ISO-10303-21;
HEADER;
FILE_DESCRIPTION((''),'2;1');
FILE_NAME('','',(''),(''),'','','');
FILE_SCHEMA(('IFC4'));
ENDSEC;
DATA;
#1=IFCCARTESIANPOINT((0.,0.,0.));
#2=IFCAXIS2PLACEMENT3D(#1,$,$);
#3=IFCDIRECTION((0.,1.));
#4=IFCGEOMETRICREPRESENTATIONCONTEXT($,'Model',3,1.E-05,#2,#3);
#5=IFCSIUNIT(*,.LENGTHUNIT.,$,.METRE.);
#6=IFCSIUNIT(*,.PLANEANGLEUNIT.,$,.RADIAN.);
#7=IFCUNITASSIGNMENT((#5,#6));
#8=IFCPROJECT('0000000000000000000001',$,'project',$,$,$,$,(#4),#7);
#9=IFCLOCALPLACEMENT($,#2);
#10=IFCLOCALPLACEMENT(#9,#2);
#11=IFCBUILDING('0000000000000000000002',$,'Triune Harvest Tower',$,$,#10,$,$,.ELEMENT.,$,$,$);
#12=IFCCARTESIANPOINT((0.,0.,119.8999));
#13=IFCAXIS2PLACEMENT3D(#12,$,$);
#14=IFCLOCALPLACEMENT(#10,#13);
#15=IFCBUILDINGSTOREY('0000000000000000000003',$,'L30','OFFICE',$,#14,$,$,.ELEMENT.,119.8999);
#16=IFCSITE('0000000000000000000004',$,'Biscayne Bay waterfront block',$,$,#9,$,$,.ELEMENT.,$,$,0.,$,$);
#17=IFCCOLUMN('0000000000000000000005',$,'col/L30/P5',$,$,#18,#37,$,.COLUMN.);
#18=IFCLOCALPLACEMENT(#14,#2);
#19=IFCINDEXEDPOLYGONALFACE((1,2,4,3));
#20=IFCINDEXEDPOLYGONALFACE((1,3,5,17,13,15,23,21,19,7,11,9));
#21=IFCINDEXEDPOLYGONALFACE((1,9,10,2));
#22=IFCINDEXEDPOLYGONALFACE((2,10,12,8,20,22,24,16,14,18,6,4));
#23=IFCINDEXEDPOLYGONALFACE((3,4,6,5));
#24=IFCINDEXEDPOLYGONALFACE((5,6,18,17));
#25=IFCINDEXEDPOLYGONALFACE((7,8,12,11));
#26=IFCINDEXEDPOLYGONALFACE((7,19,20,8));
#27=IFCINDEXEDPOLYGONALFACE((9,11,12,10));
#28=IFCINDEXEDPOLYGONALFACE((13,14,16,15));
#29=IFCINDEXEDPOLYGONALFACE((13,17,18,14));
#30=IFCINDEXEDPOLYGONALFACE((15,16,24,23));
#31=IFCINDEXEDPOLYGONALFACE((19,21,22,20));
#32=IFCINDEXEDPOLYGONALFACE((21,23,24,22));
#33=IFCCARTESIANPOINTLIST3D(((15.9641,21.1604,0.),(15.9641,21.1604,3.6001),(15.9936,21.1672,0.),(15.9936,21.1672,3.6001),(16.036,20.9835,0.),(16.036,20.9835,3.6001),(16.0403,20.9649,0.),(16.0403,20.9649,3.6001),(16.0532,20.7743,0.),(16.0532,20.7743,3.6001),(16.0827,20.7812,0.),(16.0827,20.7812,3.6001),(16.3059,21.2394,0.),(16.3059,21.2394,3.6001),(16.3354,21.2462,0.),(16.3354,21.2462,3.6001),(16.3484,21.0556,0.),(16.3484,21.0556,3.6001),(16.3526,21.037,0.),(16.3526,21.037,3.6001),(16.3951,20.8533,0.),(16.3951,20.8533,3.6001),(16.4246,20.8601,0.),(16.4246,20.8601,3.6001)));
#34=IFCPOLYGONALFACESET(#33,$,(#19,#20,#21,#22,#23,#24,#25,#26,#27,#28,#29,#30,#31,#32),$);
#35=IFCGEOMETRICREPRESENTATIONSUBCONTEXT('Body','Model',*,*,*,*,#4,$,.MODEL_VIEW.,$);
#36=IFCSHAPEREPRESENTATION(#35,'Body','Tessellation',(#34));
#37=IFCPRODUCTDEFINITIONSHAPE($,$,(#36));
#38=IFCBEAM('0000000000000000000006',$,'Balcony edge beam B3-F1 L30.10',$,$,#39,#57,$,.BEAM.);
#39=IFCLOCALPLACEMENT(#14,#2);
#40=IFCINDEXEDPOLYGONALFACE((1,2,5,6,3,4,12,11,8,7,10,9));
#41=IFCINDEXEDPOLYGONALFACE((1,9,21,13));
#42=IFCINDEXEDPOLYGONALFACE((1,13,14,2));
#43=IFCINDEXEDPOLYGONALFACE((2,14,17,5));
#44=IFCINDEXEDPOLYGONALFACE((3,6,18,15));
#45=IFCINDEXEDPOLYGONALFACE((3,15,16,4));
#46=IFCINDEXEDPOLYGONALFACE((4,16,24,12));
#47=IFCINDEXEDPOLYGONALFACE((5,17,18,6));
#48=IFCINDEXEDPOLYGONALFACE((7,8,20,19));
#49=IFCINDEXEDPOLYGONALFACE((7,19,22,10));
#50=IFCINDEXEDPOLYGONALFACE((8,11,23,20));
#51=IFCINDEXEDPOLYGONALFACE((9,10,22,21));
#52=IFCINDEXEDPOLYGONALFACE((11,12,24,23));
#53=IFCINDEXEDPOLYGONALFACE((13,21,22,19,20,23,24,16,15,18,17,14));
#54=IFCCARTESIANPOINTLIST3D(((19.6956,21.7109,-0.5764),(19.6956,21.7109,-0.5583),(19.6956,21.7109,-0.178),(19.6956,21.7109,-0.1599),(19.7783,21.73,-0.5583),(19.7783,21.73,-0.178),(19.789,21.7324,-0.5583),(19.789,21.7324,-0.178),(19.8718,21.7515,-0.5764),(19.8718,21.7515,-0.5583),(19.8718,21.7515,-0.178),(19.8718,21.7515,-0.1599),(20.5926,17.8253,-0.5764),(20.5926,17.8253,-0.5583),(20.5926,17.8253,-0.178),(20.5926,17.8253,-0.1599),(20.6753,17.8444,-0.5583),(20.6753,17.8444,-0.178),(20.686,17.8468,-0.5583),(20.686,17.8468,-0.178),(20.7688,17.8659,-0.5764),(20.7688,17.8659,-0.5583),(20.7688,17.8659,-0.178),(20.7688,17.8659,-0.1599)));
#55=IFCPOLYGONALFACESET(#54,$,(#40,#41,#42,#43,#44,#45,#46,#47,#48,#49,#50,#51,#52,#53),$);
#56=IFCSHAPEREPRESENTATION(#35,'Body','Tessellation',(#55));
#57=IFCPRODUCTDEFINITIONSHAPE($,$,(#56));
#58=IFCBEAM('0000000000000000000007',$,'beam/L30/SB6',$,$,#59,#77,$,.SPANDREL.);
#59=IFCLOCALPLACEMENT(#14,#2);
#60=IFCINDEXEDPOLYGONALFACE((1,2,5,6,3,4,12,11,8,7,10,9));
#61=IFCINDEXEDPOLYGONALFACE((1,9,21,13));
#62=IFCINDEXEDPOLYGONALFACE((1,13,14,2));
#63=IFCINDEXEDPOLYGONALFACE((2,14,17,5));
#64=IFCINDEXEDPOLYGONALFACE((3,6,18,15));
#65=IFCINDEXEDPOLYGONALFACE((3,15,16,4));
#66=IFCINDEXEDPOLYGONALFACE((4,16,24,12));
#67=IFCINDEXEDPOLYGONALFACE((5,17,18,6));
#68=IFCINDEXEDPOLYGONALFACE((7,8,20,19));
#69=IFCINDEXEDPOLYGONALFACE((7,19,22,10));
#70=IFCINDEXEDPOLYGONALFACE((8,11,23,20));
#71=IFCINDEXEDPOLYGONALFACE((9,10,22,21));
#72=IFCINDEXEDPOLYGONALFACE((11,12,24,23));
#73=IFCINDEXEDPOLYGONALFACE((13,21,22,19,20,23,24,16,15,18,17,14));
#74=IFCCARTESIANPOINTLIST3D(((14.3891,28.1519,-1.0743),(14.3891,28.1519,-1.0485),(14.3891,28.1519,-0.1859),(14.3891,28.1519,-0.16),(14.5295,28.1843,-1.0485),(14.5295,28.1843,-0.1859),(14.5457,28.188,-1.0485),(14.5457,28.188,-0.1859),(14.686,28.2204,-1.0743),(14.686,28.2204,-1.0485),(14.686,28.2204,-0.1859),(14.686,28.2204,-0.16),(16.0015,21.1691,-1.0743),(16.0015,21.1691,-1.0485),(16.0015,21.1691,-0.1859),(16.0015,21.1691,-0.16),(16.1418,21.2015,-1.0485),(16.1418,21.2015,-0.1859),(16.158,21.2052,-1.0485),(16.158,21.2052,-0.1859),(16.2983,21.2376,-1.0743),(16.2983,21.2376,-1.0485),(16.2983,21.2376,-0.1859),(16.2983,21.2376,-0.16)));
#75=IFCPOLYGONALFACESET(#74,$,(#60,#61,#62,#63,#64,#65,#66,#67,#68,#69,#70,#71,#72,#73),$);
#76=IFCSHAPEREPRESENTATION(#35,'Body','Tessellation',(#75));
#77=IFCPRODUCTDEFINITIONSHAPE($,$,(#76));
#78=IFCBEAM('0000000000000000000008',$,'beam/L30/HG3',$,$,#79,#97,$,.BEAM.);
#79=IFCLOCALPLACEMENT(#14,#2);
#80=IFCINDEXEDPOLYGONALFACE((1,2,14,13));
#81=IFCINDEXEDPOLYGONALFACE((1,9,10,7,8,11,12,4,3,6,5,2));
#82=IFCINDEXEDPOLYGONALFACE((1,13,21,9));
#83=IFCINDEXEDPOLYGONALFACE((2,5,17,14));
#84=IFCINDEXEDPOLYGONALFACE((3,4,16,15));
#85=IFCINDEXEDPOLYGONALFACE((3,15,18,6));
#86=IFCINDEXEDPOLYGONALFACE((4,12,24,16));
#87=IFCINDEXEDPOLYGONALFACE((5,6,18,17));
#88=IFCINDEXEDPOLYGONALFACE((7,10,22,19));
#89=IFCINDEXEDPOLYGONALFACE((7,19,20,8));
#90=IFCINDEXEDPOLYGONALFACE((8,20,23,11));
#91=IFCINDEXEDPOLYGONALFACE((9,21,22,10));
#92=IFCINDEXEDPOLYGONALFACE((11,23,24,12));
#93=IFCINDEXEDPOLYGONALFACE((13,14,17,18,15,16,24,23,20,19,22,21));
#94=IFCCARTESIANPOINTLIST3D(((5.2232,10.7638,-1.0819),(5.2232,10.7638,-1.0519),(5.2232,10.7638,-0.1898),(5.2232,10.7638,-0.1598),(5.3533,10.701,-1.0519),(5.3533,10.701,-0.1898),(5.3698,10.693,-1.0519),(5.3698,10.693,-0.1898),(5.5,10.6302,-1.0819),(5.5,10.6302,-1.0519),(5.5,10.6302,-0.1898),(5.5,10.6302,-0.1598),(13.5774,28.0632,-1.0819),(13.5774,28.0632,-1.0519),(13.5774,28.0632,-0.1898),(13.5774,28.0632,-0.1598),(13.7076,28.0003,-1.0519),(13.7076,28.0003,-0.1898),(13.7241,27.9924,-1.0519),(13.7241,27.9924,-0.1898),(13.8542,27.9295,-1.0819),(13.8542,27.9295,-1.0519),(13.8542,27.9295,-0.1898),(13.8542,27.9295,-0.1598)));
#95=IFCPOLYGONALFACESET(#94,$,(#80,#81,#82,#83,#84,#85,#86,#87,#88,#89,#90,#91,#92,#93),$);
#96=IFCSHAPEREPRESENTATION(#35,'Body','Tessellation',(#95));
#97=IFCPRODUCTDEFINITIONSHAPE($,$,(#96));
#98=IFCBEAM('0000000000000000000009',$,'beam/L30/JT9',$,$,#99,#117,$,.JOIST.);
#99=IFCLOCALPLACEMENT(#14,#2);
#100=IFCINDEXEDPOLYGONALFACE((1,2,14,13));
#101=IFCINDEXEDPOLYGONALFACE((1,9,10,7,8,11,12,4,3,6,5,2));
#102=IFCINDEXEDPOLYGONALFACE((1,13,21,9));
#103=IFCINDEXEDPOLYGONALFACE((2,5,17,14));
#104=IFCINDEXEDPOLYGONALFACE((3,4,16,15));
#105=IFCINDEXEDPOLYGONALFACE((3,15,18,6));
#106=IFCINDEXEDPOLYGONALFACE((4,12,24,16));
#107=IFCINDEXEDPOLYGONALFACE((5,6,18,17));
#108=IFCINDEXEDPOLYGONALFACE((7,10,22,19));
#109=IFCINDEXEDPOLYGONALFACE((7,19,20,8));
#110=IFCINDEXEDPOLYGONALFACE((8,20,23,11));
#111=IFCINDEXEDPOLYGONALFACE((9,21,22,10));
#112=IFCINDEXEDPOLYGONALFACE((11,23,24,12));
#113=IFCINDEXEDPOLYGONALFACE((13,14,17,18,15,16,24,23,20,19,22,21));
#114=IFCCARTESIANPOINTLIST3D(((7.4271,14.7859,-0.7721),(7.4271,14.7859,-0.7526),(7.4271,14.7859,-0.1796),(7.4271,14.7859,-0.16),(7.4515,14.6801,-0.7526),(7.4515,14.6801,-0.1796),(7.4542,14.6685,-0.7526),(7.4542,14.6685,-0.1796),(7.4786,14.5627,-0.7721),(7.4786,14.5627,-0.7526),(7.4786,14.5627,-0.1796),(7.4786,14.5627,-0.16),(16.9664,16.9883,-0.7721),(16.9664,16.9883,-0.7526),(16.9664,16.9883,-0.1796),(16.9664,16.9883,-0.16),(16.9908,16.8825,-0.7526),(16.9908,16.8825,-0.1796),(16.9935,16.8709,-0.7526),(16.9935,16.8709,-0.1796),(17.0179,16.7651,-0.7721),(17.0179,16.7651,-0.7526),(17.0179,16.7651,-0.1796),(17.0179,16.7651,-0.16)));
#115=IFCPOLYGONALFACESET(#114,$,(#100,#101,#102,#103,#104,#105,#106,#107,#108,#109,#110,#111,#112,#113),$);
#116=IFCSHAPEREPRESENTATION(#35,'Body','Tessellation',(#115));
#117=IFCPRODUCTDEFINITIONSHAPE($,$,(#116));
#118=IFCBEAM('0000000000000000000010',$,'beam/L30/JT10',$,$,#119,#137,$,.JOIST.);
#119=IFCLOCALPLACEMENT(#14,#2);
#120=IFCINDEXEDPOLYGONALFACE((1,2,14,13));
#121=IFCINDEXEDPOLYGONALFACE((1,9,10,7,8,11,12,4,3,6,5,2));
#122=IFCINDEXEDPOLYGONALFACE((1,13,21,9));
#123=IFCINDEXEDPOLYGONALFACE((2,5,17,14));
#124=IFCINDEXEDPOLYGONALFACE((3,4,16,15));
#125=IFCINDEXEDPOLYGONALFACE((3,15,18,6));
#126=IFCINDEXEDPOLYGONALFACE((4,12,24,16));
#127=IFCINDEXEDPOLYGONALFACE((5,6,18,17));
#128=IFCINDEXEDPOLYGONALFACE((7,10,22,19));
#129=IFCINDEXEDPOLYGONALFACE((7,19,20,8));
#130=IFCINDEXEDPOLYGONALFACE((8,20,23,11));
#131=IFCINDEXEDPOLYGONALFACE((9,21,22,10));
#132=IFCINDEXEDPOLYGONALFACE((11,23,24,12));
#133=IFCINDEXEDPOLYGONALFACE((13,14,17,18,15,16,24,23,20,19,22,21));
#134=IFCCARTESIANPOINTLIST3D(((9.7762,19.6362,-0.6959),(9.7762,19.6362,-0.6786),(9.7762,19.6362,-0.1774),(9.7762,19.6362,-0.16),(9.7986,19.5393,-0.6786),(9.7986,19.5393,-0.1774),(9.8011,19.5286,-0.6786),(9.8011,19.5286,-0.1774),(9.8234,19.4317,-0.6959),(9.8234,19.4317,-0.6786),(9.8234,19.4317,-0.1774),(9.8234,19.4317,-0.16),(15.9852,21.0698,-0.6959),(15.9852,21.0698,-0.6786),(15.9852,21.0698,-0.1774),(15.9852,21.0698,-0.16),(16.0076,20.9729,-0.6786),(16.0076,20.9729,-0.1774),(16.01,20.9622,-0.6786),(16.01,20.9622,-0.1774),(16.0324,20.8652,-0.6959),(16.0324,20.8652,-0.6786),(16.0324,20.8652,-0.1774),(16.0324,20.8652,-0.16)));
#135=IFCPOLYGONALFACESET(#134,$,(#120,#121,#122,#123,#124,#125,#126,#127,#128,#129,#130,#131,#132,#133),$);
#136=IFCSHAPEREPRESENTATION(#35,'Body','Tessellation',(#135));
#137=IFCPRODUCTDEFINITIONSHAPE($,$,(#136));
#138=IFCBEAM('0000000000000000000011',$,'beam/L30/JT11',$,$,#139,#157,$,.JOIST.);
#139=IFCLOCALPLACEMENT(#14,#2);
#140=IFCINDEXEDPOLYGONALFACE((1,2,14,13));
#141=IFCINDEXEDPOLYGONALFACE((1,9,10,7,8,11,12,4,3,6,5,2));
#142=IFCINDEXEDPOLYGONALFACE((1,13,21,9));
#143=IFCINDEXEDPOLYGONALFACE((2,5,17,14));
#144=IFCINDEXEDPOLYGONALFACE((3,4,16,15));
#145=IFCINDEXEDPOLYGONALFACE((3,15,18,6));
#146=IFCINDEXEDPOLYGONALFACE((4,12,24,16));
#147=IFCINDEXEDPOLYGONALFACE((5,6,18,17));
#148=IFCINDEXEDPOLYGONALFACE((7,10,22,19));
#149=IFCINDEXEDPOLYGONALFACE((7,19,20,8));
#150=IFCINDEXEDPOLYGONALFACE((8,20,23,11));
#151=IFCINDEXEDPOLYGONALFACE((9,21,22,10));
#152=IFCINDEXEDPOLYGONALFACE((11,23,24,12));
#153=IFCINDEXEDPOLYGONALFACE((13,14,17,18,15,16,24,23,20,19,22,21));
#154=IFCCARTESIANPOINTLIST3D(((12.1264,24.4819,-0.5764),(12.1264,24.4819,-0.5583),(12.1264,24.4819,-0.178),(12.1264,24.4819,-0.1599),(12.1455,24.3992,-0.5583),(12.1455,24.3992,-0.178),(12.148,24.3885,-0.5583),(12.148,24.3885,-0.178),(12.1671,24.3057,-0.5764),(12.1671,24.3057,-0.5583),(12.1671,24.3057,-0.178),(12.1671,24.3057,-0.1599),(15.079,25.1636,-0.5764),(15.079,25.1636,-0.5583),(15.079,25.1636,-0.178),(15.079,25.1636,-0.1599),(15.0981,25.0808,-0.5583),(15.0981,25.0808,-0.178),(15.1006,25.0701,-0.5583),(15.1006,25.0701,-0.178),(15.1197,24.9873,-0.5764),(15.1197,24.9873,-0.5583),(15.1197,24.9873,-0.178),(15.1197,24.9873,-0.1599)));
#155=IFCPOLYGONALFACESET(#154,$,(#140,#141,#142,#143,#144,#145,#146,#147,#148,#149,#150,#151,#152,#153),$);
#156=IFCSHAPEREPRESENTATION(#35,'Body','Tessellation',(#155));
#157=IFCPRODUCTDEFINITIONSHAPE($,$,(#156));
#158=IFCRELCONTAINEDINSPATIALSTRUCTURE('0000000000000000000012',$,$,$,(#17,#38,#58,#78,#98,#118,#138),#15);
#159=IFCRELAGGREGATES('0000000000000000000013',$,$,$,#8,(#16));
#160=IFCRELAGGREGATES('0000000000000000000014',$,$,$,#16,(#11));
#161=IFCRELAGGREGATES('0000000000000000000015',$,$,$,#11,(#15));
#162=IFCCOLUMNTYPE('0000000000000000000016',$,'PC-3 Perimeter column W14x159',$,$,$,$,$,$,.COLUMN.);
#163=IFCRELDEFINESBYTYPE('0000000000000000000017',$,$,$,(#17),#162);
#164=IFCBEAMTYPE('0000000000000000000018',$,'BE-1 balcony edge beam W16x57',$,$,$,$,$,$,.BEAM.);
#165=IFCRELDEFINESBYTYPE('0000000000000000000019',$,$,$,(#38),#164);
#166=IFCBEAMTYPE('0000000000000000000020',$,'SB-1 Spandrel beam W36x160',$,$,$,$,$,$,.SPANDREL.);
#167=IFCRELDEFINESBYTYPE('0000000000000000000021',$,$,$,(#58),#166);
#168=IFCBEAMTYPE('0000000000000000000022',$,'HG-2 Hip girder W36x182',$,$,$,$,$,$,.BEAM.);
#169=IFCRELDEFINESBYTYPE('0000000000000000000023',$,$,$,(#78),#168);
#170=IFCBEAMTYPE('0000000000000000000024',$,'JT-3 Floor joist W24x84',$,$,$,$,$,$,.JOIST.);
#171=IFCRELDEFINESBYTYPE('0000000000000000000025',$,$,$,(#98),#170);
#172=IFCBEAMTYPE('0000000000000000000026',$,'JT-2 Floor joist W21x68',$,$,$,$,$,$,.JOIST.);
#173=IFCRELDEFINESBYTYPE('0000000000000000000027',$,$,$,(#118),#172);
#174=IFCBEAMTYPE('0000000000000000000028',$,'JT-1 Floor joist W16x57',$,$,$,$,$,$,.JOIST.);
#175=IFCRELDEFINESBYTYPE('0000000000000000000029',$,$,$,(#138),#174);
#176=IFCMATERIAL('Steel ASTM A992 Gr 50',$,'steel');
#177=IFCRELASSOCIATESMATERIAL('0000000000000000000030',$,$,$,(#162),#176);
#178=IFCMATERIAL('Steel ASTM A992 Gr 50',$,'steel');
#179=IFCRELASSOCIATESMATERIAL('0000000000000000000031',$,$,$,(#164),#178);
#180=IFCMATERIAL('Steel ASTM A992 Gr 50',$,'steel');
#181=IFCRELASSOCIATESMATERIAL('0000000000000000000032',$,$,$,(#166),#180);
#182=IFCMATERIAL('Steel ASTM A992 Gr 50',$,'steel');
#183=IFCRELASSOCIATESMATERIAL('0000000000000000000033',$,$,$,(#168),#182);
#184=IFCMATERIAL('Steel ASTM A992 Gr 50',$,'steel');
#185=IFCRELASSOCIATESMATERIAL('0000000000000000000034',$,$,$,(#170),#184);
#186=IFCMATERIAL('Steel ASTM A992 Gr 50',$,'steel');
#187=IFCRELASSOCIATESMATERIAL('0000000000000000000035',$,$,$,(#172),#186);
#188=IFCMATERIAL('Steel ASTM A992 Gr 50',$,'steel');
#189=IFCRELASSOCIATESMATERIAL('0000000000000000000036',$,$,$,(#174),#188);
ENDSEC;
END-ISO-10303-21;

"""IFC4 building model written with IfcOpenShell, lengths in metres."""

from ifc_helpers import new_model, si_unit, direction, frame, origin, origin_2d, place, context, subcontext, project, spatial, i_section, extrude, source, transform, mapped, material, material_profile, profile_set, type_object, element, save


model = new_model("IFC4")

# Units and contexts
model_context = context("Model", 3, precision=1e-05, world=origin(), true_north=direction((0.0, 1.0)))
body_context = subcontext(model_context, "Body", "Model", "MODEL_VIEW")
ifc_project = project(units=[si_unit("LENGTHUNIT", "METRE"), si_unit("PLANEANGLEUNIT", "RADIAN")], contexts=[model_context])

# Site, building, storey
site_placement = place(None, origin())
site = spatial("IfcSite", under=ifc_project, at=site_placement, Name="Biscayne Bay waterfront block", CompositionType="ELEMENT", RefElevation=0.0)
building_placement = place(site_placement, origin())
building = spatial("IfcBuilding", under=site, at=building_placement, Name="Triune Harvest Tower", CompositionType="ELEMENT")
storey_placement = place(building_placement, frame((0.0, 0.0, 119.8999)))
storey = spatial("IfcBuildingStorey", under=building, at=storey_placement, Name="L30", Description="OFFICE", CompositionType="ELEMENT", Elevation=119.8999)

# Column
ifc_material_1 = material(Name="Steel ASTM A992 Gr 50", Category="steel")
ifc_material_profile_1 = material_profile(ifc_material_1, i_section(OverallWidth=0.3962, OverallDepth=0.3811, WebThickness=0.019, FlangeThickness=0.0303, at=origin_2d()), Name="W14x159")
ifc_profile_set_1 = profile_set([ifc_material_profile_1], Name="Steel ASTM A992 Gr 50")
column_type = type_object("IfcColumnType", Name="PC-3 Perimeter column W14x159", PredefinedType="COLUMN", material=ifc_profile_set_1)
shared_shape_1 = source(origin(), body_context, "Body", "SweptSolid", [
    extrude(i_section(OverallWidth=0.3962, OverallDepth=0.3811, WebThickness=0.019, FlangeThickness=0.0303, at=origin_2d()), origin(), (0.0, 0.0, 1.0), 3.6001),
])
column_placement = place(storey_placement, frame((16.1943, 21.0103, 0.0), z_axis=(0.0, 0.0, 1.0), x_axis=(-0.224953, 0.97437, 0.0)))
element("IfcColumn", 1, at=column_placement, inside=storey, type_object=column_type, Name="col/L30/P5", PredefinedType="COLUMN", context=body_context, shape_type="MappedRepresentation", body=[
    mapped(shared_shape_1, transform((0.0, 0.0, 0.0), scale=1.0)),
])

# Beams
ifc_material_2 = material(Name="Steel ASTM A992 Gr 50", Category="steel")
ifc_material_profile_2 = material_profile(ifc_material_2, i_section(OverallWidth=0.1809, OverallDepth=0.4165, WebThickness=0.011, FlangeThickness=0.0181, at=origin_2d()), Name="W16x57")
ifc_profile_set_2 = profile_set([ifc_material_profile_2], Name="Steel ASTM A992 Gr 50")
beam_type_1 = type_object("IfcBeamType", Name="BE-1 balcony edge beam W16x57", PredefinedType="BEAM", material=ifc_profile_set_2)
beam_1_placement = place(storey_placement, frame((19.7837, 21.7312, -0.3682), z_axis=(0.224936, -0.974374, 0.0), x_axis=(0.974374, 0.224936, 0.0)))
element("IfcBeam", 2, at=beam_1_placement, inside=storey, type_object=beam_type_1, Name="Balcony edge beam B3-F1 L30.10", PredefinedType="BEAM", context=body_context, shape_type="SweptSolid", body=[
    extrude(i_section(OverallWidth=0.1809, OverallDepth=0.4165, WebThickness=0.011, FlangeThickness=0.0181, at=origin_2d()), origin(), (0.0, 0.0, 1.0), 3.9878),
])
ifc_material_3 = material(Name="Steel ASTM A992 Gr 50", Category="steel")
ifc_material_profile_3 = material_profile(ifc_material_3, i_section(OverallWidth=0.3047, OverallDepth=0.9143, WebThickness=0.0166, FlangeThickness=0.0259, at=origin_2d()), Name="W36x160")
ifc_profile_set_3 = profile_set([ifc_material_profile_3], Name="Steel ASTM A992 Gr 50")
beam_type_2 = type_object("IfcBeamType", Name="SB-1 Spandrel beam W36x160", PredefinedType="SPANDREL", material=ifc_profile_set_3)
shared_shape_2 = source(origin(), body_context, "Body", "SweptSolid", [
    extrude(i_section(OverallWidth=0.3047, OverallDepth=0.9143, WebThickness=0.0166, FlangeThickness=0.0259, at=origin_2d()), origin(), (0.0, 0.0, 1.0), 7.1665),
])
beam_2_placement = place(storey_placement, frame((16.1499, 21.2034, -0.6172), z_axis=(-0.224981, 0.974363, 0.0), x_axis=(-0.974363, -0.224981, 0.0)))
element("IfcBeam", 3, at=beam_2_placement, inside=storey, type_object=beam_type_2, Name="beam/L30/SB6", PredefinedType="SPANDREL", context=body_context, shape_type="MappedRepresentation", body=[
    mapped(shared_shape_2, transform((0.0, 0.0, 0.0), scale=1.0)),
])
ifc_material_4 = material(Name="Steel ASTM A992 Gr 50", Category="steel")
ifc_material_profile_4 = material_profile(ifc_material_4, i_section(OverallWidth=0.3074, OverallDepth=0.9221, WebThickness=0.0183, FlangeThickness=0.03, at=origin_2d()), Name="W36x182")
ifc_profile_set_4 = profile_set([ifc_material_profile_4], Name="Steel ASTM A992 Gr 50")
beam_type_3 = type_object("IfcBeamType", Name="HG-2 Hip girder W36x182", PredefinedType="BEAM", material=ifc_profile_set_4)
shared_shape_3 = source(origin(), body_context, "Body", "SweptSolid", [
    extrude(i_section(OverallWidth=0.3074, OverallDepth=0.9221, WebThickness=0.0183, FlangeThickness=0.03, at=origin_2d()), origin(), (0.0, 0.0, 1.0), 19.2109),
])
beam_3_placement = place(storey_placement, frame((13.7158, 27.9963, -0.6208), z_axis=(-0.43487, -0.900493, 0.0), x_axis=(0.900493, -0.43487, 0.0)))
element("IfcBeam", 4, at=beam_3_placement, inside=storey, type_object=beam_type_3, Name="beam/L30/HG3", PredefinedType="BEAM", context=body_context, shape_type="MappedRepresentation", body=[
    mapped(shared_shape_3, transform((0.0, 0.0, 0.0), scale=1.0)),
])
ifc_material_5 = material(Name="Steel ASTM A992 Gr 50", Category="steel")
ifc_material_profile_5 = material_profile(ifc_material_5, i_section(OverallWidth=0.229, OverallDepth=0.6121, WebThickness=0.012, FlangeThickness=0.0195, at=origin_2d()), Name="W24x84")
ifc_profile_set_5 = profile_set([ifc_material_profile_5], Name="Steel ASTM A992 Gr 50")
beam_type_4 = type_object("IfcBeamType", Name="JT-3 Floor joist W24x84", PredefinedType="JOIST", material=ifc_profile_set_5)
shared_shape_4 = source(origin(), body_context, "Body", "SweptSolid", [
    extrude(i_section(OverallWidth=0.229, OverallDepth=0.6121, WebThickness=0.012, FlangeThickness=0.0195, at=origin_2d()), origin(), (0.0, 0.0, 1.0), 9.7903),
])
beam_4_placement = place(storey_placement, frame((16.9922, 16.8767, -0.4661), z_axis=(-0.974368, -0.224958, 0.0), x_axis=(0.224958, -0.974368, 0.0)))
element("IfcBeam", 5, at=beam_4_placement, inside=storey, type_object=beam_type_4, Name="beam/L30/JT9", PredefinedType="JOIST", context=body_context, shape_type="MappedRepresentation", body=[
    mapped(shared_shape_4, transform((0.0, 0.0, 0.0), scale=1.0)),
])
ifc_material_6 = material(Name="Steel ASTM A992 Gr 50", Category="steel")
ifc_material_profile_6 = material_profile(ifc_material_6, i_section(OverallWidth=0.21, OverallDepth=0.5359, WebThickness=0.011, FlangeThickness=0.0173, at=origin_2d()), Name="W21x68")
ifc_profile_set_6 = profile_set([ifc_material_profile_6], Name="Steel ASTM A992 Gr 50")
beam_type_5 = type_object("IfcBeamType", Name="JT-2 Floor joist W21x68", PredefinedType="JOIST", material=ifc_profile_set_6)
shared_shape_5 = source(origin(), body_context, "Body", "SweptSolid", [
    extrude(i_section(OverallWidth=0.21, OverallDepth=0.5359, WebThickness=0.011, FlangeThickness=0.0173, at=origin_2d()), origin(), (0.0, 0.0, 1.0), 6.3723),
])
beam_5_placement = place(storey_placement, frame((16.0088, 20.9675, -0.428), z_axis=(-0.974365, -0.224971, 0.0), x_axis=(0.224971, -0.974365, 0.0)))
element("IfcBeam", 6, at=beam_5_placement, inside=storey, type_object=beam_type_5, Name="beam/L30/JT10", PredefinedType="JOIST", context=body_context, shape_type="MappedRepresentation", body=[
    mapped(shared_shape_5, transform((0.0, 0.0, 0.0), scale=1.0)),
])
ifc_material_7 = material(Name="Steel ASTM A992 Gr 50", Category="steel")
ifc_material_profile_7 = material_profile(ifc_material_7, i_section(OverallWidth=0.1809, OverallDepth=0.4165, WebThickness=0.011, FlangeThickness=0.0181, at=origin_2d()), Name="W16x57")
ifc_profile_set_7 = profile_set([ifc_material_profile_7], Name="Steel ASTM A992 Gr 50")
beam_type_6 = type_object("IfcBeamType", Name="JT-1 Floor joist W16x57", PredefinedType="JOIST", material=ifc_profile_set_7)
shared_shape_6 = source(origin(), body_context, "Body", "SweptSolid", [
    extrude(i_section(OverallWidth=0.1809, OverallDepth=0.4165, WebThickness=0.011, FlangeThickness=0.0181, at=origin_2d()), origin(), (0.0, 0.0, 1.0), 3.0303),
])
beam_6_placement = place(storey_placement, frame((15.0994, 25.0754, -0.3682), z_axis=(-0.974372, -0.224942, 0.0), x_axis=(0.224942, -0.974372, 0.0)))
element("IfcBeam", 7, at=beam_6_placement, inside=storey, type_object=beam_type_6, Name="beam/L30/JT11", PredefinedType="JOIST", context=body_context, shape_type="MappedRepresentation", body=[
    mapped(shared_shape_6, transform((0.0, 0.0, 0.0), scale=1.0)),
])

save(model, "model.ifc")
